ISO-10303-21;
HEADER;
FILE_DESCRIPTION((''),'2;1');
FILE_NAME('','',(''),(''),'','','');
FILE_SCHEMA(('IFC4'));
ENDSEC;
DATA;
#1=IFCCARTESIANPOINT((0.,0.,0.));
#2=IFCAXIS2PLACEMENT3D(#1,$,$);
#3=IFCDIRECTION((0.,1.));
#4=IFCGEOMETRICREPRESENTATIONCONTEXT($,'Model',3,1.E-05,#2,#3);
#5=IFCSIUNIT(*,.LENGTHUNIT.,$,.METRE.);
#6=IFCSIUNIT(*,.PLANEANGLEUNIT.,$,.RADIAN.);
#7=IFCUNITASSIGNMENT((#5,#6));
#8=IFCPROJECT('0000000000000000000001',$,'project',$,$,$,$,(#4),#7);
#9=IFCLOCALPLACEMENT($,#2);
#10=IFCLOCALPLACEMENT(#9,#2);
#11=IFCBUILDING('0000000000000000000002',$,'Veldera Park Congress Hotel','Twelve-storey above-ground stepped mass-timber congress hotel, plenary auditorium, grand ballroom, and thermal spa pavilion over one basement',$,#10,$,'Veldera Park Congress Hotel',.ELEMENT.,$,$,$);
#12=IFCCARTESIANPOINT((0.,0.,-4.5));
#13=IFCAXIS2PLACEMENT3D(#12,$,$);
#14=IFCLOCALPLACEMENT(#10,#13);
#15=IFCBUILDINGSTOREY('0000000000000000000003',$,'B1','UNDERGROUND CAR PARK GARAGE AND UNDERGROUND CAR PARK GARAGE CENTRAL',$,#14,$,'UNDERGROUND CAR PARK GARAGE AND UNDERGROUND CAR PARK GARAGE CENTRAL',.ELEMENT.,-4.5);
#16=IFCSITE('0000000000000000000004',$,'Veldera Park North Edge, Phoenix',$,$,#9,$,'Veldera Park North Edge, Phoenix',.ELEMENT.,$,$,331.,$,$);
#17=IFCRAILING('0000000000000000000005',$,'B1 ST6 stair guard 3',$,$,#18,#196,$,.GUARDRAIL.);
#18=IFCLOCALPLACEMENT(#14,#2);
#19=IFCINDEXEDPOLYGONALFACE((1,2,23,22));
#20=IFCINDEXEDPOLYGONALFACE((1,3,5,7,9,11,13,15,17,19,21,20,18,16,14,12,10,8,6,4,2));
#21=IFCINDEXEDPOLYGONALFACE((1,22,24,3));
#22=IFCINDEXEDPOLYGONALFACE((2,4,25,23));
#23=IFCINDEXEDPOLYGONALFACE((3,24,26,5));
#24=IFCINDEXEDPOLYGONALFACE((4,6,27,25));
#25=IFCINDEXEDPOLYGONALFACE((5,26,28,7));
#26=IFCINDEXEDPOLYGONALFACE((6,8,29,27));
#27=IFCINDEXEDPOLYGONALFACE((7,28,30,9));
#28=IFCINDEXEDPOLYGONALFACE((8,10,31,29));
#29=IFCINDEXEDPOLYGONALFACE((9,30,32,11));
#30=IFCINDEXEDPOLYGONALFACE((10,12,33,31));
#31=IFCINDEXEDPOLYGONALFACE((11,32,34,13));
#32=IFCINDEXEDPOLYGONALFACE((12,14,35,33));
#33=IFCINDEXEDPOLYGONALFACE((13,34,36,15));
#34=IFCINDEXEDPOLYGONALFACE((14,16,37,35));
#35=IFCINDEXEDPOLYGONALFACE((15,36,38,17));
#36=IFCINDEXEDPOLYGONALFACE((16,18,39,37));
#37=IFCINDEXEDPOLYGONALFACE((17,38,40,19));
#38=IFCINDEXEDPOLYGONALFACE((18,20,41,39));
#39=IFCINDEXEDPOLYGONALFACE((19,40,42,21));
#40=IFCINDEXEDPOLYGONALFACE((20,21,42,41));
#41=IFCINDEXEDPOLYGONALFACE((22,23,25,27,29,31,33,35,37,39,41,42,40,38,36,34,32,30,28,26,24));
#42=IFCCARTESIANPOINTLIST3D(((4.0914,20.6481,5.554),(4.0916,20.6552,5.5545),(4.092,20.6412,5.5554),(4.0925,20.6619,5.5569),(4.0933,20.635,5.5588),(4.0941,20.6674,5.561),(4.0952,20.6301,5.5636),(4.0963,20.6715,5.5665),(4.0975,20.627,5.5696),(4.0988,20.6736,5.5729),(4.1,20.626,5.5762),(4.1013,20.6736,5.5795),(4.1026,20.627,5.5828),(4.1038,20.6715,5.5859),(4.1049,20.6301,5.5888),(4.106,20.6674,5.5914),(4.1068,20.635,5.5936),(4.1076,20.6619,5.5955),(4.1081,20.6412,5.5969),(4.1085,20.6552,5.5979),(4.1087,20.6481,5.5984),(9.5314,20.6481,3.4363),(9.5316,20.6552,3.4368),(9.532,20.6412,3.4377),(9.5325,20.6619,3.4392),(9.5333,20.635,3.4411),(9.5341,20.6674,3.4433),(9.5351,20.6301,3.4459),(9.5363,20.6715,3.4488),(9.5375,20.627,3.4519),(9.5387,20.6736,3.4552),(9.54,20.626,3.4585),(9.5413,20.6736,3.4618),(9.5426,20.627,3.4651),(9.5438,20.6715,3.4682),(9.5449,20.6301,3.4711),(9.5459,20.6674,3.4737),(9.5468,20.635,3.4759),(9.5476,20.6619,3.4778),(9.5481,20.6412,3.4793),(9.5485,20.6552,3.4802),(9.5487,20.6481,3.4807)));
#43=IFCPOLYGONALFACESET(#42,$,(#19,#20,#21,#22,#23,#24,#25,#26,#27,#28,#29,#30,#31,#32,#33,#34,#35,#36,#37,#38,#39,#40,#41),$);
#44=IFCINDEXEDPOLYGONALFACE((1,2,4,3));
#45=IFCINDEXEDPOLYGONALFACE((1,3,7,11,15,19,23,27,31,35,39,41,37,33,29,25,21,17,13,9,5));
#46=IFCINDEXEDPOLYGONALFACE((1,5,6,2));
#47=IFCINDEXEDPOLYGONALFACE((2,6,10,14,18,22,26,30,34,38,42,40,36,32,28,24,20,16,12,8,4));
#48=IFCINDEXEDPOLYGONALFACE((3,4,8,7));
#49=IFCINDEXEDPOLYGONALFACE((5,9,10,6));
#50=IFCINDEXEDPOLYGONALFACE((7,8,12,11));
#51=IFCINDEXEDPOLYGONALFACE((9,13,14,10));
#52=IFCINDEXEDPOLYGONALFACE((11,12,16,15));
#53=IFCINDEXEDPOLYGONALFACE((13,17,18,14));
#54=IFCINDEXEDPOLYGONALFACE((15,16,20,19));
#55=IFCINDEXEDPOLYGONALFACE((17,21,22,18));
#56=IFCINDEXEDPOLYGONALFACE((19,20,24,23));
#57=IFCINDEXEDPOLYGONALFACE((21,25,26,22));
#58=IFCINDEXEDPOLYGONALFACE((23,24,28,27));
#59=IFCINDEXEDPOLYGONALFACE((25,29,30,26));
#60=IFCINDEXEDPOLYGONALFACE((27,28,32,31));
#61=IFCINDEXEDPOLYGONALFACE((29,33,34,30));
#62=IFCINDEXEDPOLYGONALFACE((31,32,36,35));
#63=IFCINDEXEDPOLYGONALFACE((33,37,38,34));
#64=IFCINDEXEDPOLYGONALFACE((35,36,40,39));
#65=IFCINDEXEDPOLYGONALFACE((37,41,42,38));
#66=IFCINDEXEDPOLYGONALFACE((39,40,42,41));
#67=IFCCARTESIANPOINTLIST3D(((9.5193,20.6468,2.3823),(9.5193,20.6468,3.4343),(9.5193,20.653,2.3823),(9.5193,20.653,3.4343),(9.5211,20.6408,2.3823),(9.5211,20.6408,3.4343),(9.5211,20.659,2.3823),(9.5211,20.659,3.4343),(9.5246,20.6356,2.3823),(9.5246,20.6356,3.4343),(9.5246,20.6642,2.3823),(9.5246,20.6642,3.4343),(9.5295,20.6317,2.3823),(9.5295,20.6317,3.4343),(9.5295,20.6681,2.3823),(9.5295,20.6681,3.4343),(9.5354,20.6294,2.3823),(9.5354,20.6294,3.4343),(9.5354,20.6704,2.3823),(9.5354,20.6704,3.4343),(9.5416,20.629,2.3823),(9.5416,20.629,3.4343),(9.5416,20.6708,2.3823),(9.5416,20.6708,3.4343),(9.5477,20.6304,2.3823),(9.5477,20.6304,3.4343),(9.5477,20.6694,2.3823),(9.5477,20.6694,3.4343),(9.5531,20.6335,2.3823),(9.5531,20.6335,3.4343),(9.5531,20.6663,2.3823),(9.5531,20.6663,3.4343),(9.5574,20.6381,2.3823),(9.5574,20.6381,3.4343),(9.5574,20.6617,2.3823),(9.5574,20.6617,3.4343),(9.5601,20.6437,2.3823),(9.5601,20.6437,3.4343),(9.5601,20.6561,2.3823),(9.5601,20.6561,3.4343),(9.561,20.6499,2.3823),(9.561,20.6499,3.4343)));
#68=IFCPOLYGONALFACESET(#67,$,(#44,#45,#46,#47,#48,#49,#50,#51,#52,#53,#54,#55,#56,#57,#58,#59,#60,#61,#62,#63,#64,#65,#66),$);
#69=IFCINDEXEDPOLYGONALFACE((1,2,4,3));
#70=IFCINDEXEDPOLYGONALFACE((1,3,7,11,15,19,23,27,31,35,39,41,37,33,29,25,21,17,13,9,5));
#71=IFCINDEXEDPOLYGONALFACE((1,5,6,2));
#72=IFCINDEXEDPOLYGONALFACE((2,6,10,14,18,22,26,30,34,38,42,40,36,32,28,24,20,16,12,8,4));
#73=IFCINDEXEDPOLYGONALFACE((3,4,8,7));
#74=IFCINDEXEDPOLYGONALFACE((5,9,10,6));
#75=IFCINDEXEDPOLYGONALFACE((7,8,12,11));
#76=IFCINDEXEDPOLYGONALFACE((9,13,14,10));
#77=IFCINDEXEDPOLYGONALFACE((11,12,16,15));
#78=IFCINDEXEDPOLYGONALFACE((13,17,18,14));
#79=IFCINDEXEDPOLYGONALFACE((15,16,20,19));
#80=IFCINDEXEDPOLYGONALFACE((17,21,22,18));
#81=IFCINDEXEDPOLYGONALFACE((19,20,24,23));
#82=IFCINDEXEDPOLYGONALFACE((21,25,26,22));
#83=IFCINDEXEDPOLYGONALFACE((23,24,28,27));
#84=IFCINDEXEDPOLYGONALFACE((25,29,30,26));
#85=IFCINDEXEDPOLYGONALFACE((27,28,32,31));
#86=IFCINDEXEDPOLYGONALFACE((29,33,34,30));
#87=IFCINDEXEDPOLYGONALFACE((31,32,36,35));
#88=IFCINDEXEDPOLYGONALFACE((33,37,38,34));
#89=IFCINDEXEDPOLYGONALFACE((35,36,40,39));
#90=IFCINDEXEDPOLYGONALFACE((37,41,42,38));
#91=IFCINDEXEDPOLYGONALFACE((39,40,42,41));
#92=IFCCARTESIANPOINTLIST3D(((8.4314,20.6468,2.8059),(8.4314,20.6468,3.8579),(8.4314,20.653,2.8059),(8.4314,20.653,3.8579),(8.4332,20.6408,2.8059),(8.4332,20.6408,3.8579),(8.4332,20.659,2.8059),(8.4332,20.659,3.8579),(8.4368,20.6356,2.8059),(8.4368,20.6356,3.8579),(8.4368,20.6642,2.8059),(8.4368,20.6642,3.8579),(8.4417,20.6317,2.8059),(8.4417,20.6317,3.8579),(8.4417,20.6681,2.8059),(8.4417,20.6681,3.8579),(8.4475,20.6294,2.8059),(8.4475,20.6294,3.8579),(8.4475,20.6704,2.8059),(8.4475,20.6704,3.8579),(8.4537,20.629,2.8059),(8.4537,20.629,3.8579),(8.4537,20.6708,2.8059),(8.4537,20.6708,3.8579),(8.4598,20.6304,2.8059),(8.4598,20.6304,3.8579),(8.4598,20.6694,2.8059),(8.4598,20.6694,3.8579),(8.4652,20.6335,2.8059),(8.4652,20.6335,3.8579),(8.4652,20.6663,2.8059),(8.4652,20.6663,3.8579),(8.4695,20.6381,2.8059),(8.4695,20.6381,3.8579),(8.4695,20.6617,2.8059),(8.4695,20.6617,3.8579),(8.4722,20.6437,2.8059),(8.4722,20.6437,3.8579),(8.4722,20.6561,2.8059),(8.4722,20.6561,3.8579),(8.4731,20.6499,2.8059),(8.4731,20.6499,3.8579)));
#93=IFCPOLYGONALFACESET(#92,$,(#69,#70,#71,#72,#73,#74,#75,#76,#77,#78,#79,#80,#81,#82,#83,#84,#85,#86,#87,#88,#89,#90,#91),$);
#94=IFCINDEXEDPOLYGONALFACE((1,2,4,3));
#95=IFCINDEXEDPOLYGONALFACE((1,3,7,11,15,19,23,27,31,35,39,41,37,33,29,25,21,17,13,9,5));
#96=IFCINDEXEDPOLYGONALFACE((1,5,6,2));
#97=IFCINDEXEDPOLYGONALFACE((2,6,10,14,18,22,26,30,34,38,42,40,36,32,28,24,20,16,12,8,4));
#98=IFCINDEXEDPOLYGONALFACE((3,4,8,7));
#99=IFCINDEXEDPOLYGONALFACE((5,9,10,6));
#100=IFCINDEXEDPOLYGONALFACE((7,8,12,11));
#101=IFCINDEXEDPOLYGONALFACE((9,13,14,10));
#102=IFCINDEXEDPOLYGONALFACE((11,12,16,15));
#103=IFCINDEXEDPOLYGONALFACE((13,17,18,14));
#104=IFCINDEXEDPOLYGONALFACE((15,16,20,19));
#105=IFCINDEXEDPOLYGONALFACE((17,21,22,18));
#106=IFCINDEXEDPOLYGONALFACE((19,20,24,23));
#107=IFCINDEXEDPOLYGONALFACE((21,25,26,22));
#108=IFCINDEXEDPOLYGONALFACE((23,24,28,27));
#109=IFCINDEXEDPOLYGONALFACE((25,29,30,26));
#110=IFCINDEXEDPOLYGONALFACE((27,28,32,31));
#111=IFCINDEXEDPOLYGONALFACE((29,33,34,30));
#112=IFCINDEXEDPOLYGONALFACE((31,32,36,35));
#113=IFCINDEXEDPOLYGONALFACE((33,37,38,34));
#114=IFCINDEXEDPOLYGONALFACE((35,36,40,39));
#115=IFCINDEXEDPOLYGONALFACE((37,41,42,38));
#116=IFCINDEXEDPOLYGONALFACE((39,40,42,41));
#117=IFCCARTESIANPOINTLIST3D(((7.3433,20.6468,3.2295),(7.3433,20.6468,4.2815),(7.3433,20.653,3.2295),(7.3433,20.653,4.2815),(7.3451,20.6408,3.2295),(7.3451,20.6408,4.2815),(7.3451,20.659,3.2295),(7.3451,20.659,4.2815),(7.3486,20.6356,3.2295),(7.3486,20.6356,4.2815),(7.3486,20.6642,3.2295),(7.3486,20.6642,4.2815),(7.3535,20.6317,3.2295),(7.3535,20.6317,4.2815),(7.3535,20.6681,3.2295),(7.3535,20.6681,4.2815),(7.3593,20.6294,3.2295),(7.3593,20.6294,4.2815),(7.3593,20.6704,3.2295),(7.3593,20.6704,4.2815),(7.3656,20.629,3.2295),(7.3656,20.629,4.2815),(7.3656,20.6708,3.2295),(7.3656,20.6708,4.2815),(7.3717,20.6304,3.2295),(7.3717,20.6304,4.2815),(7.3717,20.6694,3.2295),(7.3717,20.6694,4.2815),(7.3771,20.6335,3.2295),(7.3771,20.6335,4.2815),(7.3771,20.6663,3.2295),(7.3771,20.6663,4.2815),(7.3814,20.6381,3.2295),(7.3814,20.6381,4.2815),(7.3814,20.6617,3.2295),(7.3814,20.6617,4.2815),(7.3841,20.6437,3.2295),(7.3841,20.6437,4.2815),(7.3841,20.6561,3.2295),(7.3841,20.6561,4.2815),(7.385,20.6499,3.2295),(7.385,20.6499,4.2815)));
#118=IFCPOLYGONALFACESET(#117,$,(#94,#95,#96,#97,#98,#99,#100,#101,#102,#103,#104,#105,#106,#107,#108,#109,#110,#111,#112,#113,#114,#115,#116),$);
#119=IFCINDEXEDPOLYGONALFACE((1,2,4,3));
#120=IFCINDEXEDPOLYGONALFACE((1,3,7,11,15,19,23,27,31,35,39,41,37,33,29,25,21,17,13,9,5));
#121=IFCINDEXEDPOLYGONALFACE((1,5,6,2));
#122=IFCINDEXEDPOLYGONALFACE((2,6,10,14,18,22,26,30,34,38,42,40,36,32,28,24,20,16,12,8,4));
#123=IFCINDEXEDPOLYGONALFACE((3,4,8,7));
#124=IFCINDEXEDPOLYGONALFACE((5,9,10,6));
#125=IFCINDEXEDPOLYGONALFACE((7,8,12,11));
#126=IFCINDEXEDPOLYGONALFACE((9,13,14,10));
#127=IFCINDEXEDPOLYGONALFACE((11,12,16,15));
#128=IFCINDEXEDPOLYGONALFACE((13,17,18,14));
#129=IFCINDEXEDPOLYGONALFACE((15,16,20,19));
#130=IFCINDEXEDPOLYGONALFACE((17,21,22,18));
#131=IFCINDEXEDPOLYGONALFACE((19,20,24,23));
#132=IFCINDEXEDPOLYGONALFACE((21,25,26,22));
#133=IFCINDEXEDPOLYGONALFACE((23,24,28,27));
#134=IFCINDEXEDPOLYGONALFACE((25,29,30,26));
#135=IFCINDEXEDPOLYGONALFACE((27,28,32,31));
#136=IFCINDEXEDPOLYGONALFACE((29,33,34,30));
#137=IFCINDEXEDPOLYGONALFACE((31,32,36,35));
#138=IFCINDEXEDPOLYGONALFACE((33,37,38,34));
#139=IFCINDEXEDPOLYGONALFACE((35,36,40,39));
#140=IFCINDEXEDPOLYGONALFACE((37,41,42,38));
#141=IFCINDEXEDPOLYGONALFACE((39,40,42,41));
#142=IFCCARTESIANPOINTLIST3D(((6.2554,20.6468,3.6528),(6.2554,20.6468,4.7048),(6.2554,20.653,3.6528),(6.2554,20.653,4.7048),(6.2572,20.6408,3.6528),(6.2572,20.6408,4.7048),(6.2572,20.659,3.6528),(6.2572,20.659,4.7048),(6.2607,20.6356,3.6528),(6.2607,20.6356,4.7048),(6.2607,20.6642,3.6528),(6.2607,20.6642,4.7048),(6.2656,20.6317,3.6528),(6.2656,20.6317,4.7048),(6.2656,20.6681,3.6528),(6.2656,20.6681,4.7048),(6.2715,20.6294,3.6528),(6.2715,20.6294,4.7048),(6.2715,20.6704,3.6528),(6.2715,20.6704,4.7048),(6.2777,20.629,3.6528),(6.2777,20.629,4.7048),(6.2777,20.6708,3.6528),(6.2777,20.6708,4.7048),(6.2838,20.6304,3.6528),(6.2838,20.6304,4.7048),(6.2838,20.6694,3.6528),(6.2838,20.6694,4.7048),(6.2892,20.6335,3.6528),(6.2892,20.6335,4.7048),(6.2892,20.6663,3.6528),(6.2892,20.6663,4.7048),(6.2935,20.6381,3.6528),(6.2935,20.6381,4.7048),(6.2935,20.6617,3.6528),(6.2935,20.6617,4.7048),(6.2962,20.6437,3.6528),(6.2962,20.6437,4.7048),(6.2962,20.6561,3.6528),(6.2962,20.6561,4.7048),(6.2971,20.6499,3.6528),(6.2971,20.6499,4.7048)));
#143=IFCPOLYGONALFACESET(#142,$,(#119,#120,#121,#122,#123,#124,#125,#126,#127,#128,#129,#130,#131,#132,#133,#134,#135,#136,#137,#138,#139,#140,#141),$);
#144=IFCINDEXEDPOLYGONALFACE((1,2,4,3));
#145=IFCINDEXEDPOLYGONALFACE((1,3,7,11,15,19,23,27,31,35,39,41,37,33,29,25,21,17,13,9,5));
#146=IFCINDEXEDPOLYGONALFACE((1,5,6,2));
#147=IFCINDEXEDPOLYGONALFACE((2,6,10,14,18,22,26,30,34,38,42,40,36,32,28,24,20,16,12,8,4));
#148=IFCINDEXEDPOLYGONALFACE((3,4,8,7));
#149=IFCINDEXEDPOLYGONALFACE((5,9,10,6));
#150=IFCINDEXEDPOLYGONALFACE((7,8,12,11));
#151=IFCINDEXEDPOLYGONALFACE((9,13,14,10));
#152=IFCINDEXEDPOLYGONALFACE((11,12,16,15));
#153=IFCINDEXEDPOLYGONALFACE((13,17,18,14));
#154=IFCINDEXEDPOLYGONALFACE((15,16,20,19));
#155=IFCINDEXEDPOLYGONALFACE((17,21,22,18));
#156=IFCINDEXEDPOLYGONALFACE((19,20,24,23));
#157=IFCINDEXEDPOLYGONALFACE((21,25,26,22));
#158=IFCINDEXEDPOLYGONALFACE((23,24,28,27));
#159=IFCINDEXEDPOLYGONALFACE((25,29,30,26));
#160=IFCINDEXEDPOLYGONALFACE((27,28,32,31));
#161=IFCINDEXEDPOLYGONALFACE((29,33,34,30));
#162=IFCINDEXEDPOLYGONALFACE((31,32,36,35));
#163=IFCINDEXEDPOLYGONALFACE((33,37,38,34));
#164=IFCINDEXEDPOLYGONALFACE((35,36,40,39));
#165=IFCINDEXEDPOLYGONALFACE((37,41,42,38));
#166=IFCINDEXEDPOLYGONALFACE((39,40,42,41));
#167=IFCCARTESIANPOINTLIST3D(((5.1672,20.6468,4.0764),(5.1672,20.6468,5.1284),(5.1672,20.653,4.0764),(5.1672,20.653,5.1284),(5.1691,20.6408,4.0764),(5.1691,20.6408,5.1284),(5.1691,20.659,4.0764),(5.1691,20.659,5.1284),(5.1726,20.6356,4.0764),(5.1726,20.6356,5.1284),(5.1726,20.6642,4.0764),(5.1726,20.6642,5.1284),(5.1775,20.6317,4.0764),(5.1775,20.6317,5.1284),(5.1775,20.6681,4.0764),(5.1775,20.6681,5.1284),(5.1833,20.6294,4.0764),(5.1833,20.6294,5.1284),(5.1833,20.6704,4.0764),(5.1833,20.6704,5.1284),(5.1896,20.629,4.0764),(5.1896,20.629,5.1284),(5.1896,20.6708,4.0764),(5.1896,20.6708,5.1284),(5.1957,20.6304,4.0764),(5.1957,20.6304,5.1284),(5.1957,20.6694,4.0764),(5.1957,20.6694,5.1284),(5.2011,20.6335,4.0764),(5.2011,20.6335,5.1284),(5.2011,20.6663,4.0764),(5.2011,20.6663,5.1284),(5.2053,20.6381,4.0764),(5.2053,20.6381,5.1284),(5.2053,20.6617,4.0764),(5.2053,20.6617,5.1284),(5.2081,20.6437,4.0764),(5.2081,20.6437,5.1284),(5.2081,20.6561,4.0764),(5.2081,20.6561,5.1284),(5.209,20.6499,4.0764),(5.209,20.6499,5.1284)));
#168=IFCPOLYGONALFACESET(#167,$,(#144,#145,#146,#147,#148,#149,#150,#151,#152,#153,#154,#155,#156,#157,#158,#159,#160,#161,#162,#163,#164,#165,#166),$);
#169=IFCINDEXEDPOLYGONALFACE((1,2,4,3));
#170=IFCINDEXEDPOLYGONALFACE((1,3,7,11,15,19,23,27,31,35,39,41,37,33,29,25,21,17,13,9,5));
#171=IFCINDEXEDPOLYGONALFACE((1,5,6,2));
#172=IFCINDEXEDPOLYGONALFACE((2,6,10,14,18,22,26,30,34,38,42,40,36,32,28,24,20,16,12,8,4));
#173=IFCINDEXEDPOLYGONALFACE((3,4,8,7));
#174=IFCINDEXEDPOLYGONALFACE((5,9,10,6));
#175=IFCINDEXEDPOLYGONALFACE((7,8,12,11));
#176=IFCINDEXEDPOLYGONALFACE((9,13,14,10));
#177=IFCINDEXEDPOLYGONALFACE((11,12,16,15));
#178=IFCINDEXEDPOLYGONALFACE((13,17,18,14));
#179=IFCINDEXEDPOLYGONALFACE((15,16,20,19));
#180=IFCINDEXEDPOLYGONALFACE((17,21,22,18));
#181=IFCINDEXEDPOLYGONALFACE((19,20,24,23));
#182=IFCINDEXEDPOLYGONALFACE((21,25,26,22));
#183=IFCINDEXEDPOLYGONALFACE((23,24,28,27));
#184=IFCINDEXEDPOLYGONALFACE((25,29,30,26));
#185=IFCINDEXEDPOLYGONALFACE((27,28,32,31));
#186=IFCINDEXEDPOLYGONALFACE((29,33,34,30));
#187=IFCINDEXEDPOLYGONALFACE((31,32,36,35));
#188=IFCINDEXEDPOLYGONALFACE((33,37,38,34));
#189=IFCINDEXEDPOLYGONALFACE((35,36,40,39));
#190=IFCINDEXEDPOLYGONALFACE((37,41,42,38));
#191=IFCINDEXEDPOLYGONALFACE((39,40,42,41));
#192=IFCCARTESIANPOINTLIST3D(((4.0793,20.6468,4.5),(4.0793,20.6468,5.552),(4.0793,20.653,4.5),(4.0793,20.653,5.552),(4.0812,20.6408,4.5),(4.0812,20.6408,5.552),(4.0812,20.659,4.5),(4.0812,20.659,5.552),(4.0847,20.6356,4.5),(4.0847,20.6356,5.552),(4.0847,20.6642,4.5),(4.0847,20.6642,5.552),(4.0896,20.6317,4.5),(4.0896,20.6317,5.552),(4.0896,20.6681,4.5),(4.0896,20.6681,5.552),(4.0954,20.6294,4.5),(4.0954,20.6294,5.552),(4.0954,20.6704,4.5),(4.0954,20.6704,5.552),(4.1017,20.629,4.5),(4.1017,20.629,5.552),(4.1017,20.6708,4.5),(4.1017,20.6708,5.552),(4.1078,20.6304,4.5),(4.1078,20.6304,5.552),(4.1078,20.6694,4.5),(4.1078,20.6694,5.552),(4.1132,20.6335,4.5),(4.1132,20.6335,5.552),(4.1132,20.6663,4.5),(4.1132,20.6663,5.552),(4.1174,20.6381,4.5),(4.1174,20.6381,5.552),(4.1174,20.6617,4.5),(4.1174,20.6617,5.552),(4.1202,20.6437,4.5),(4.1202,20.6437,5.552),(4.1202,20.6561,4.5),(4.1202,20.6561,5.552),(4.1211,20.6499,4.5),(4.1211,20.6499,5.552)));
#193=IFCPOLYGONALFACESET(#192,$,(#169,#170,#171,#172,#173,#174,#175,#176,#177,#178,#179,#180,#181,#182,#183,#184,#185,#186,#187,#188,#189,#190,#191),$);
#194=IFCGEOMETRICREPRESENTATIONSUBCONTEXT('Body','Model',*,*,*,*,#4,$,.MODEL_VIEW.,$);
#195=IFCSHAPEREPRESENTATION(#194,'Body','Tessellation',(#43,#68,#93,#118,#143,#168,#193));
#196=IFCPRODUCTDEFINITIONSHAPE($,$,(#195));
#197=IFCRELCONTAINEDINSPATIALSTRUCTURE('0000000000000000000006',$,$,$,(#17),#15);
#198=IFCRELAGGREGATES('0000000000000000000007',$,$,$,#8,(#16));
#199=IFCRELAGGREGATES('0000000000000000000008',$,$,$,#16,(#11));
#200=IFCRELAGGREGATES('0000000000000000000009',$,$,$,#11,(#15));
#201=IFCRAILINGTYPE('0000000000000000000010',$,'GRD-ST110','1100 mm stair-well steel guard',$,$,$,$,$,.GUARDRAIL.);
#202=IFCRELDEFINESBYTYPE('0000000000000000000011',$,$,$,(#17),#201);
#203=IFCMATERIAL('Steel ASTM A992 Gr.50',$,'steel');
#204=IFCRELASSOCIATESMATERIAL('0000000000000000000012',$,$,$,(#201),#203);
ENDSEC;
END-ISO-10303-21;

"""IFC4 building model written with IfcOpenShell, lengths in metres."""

from ifc_helpers import new_model, si_unit, direction, frame, origin, origin_2d, place, context, subcontext, project, spatial, circle, extrude, material, type_object, element, save


model = new_model("IFC4")

# Units and contexts
model_context = context("Model", 3, precision=1e-05, world=origin(), true_north=direction((0.0, 1.0)))
body_context = subcontext(model_context, "Body", "Model", "MODEL_VIEW")
ifc_project = project(units=[si_unit("LENGTHUNIT", "METRE"), si_unit("PLANEANGLEUNIT", "RADIAN")], contexts=[model_context])

# Site, building, storey
site_placement = place(None, origin())
site = spatial("IfcSite", under=ifc_project, at=site_placement, Name="Veldera Park North Edge, Phoenix", LongName="Veldera Park North Edge, Phoenix", CompositionType="ELEMENT", RefElevation=331.0)
building_placement = place(site_placement, origin())
building = spatial("IfcBuilding", under=site, at=building_placement, Name="Veldera Park Congress Hotel", Description="Twelve-storey above-ground stepped mass-timber congress hotel, plenary auditorium, grand ballroom, and thermal spa pavilion over one basement", LongName="Veldera Park Congress Hotel", CompositionType="ELEMENT")
storey_placement = place(building_placement, frame((0.0, 0.0, -4.5)))
storey = spatial("IfcBuildingStorey", under=building, at=storey_placement, Name="B1", Description="UNDERGROUND CAR PARK GARAGE AND UNDERGROUND CAR PARK GARAGE CENTRAL", LongName="UNDERGROUND CAR PARK GARAGE AND UNDERGROUND CAR PARK GARAGE CENTRAL", CompositionType="ELEMENT", Elevation=-4.5)

# Railing
ifc_material_1 = material(Name="Steel ASTM A992 Gr.50", Category="steel")
railing_type_1 = type_object("IfcRailingType", Name="GRD-ST110", Description="1100 mm stair-well steel guard", PredefinedType="GUARDRAIL", material=ifc_material_1)
railing_1_placement = place(storey_placement, frame((9.54, 20.6499, 2.3823)))
element("IfcRailing", 1, at=railing_1_placement, inside=storey, type_object=railing_type_1, Name="B1 ST6 stair guard 3", PredefinedType="GUARDRAIL", context=body_context, shape_type="SweptSolid", body=[
    extrude(circle(Radius=0.0239, at=origin_2d()), frame((0.0, 0.0, 1.0762), z_axis=(-0.931881, 0.0, 0.362765), x_axis=(0.0, -1.0, 0.0)), (0.0, 0.0, 1.0), 5.8376),
    extrude(circle(Radius=0.021, at=origin_2d()), origin(), (0.0, 0.0, 1.0), 1.052),
    extrude(circle(Radius=0.021, at=origin_2d()), frame((-1.0879, 0.0, 0.4236)), (0.0, 0.0, 1.0), 1.052),
    extrude(circle(Radius=0.021, at=origin_2d()), frame((-2.176, 0.0, 0.8472)), (0.0, 0.0, 1.0), 1.052),
    extrude(circle(Radius=0.021, at=origin_2d()), frame((-3.2639, 0.0, 1.2705)), (0.0, 0.0, 1.0), 1.052),
    extrude(circle(Radius=0.021, at=origin_2d()), frame((-4.3521, 0.0, 1.6941)), (0.0, 0.0, 1.0), 1.052),
    extrude(circle(Radius=0.021, at=origin_2d()), frame((-5.4399, 0.0, 2.1177)), (0.0, 0.0, 1.0), 1.052),
])

save(model, "model.ifc")
